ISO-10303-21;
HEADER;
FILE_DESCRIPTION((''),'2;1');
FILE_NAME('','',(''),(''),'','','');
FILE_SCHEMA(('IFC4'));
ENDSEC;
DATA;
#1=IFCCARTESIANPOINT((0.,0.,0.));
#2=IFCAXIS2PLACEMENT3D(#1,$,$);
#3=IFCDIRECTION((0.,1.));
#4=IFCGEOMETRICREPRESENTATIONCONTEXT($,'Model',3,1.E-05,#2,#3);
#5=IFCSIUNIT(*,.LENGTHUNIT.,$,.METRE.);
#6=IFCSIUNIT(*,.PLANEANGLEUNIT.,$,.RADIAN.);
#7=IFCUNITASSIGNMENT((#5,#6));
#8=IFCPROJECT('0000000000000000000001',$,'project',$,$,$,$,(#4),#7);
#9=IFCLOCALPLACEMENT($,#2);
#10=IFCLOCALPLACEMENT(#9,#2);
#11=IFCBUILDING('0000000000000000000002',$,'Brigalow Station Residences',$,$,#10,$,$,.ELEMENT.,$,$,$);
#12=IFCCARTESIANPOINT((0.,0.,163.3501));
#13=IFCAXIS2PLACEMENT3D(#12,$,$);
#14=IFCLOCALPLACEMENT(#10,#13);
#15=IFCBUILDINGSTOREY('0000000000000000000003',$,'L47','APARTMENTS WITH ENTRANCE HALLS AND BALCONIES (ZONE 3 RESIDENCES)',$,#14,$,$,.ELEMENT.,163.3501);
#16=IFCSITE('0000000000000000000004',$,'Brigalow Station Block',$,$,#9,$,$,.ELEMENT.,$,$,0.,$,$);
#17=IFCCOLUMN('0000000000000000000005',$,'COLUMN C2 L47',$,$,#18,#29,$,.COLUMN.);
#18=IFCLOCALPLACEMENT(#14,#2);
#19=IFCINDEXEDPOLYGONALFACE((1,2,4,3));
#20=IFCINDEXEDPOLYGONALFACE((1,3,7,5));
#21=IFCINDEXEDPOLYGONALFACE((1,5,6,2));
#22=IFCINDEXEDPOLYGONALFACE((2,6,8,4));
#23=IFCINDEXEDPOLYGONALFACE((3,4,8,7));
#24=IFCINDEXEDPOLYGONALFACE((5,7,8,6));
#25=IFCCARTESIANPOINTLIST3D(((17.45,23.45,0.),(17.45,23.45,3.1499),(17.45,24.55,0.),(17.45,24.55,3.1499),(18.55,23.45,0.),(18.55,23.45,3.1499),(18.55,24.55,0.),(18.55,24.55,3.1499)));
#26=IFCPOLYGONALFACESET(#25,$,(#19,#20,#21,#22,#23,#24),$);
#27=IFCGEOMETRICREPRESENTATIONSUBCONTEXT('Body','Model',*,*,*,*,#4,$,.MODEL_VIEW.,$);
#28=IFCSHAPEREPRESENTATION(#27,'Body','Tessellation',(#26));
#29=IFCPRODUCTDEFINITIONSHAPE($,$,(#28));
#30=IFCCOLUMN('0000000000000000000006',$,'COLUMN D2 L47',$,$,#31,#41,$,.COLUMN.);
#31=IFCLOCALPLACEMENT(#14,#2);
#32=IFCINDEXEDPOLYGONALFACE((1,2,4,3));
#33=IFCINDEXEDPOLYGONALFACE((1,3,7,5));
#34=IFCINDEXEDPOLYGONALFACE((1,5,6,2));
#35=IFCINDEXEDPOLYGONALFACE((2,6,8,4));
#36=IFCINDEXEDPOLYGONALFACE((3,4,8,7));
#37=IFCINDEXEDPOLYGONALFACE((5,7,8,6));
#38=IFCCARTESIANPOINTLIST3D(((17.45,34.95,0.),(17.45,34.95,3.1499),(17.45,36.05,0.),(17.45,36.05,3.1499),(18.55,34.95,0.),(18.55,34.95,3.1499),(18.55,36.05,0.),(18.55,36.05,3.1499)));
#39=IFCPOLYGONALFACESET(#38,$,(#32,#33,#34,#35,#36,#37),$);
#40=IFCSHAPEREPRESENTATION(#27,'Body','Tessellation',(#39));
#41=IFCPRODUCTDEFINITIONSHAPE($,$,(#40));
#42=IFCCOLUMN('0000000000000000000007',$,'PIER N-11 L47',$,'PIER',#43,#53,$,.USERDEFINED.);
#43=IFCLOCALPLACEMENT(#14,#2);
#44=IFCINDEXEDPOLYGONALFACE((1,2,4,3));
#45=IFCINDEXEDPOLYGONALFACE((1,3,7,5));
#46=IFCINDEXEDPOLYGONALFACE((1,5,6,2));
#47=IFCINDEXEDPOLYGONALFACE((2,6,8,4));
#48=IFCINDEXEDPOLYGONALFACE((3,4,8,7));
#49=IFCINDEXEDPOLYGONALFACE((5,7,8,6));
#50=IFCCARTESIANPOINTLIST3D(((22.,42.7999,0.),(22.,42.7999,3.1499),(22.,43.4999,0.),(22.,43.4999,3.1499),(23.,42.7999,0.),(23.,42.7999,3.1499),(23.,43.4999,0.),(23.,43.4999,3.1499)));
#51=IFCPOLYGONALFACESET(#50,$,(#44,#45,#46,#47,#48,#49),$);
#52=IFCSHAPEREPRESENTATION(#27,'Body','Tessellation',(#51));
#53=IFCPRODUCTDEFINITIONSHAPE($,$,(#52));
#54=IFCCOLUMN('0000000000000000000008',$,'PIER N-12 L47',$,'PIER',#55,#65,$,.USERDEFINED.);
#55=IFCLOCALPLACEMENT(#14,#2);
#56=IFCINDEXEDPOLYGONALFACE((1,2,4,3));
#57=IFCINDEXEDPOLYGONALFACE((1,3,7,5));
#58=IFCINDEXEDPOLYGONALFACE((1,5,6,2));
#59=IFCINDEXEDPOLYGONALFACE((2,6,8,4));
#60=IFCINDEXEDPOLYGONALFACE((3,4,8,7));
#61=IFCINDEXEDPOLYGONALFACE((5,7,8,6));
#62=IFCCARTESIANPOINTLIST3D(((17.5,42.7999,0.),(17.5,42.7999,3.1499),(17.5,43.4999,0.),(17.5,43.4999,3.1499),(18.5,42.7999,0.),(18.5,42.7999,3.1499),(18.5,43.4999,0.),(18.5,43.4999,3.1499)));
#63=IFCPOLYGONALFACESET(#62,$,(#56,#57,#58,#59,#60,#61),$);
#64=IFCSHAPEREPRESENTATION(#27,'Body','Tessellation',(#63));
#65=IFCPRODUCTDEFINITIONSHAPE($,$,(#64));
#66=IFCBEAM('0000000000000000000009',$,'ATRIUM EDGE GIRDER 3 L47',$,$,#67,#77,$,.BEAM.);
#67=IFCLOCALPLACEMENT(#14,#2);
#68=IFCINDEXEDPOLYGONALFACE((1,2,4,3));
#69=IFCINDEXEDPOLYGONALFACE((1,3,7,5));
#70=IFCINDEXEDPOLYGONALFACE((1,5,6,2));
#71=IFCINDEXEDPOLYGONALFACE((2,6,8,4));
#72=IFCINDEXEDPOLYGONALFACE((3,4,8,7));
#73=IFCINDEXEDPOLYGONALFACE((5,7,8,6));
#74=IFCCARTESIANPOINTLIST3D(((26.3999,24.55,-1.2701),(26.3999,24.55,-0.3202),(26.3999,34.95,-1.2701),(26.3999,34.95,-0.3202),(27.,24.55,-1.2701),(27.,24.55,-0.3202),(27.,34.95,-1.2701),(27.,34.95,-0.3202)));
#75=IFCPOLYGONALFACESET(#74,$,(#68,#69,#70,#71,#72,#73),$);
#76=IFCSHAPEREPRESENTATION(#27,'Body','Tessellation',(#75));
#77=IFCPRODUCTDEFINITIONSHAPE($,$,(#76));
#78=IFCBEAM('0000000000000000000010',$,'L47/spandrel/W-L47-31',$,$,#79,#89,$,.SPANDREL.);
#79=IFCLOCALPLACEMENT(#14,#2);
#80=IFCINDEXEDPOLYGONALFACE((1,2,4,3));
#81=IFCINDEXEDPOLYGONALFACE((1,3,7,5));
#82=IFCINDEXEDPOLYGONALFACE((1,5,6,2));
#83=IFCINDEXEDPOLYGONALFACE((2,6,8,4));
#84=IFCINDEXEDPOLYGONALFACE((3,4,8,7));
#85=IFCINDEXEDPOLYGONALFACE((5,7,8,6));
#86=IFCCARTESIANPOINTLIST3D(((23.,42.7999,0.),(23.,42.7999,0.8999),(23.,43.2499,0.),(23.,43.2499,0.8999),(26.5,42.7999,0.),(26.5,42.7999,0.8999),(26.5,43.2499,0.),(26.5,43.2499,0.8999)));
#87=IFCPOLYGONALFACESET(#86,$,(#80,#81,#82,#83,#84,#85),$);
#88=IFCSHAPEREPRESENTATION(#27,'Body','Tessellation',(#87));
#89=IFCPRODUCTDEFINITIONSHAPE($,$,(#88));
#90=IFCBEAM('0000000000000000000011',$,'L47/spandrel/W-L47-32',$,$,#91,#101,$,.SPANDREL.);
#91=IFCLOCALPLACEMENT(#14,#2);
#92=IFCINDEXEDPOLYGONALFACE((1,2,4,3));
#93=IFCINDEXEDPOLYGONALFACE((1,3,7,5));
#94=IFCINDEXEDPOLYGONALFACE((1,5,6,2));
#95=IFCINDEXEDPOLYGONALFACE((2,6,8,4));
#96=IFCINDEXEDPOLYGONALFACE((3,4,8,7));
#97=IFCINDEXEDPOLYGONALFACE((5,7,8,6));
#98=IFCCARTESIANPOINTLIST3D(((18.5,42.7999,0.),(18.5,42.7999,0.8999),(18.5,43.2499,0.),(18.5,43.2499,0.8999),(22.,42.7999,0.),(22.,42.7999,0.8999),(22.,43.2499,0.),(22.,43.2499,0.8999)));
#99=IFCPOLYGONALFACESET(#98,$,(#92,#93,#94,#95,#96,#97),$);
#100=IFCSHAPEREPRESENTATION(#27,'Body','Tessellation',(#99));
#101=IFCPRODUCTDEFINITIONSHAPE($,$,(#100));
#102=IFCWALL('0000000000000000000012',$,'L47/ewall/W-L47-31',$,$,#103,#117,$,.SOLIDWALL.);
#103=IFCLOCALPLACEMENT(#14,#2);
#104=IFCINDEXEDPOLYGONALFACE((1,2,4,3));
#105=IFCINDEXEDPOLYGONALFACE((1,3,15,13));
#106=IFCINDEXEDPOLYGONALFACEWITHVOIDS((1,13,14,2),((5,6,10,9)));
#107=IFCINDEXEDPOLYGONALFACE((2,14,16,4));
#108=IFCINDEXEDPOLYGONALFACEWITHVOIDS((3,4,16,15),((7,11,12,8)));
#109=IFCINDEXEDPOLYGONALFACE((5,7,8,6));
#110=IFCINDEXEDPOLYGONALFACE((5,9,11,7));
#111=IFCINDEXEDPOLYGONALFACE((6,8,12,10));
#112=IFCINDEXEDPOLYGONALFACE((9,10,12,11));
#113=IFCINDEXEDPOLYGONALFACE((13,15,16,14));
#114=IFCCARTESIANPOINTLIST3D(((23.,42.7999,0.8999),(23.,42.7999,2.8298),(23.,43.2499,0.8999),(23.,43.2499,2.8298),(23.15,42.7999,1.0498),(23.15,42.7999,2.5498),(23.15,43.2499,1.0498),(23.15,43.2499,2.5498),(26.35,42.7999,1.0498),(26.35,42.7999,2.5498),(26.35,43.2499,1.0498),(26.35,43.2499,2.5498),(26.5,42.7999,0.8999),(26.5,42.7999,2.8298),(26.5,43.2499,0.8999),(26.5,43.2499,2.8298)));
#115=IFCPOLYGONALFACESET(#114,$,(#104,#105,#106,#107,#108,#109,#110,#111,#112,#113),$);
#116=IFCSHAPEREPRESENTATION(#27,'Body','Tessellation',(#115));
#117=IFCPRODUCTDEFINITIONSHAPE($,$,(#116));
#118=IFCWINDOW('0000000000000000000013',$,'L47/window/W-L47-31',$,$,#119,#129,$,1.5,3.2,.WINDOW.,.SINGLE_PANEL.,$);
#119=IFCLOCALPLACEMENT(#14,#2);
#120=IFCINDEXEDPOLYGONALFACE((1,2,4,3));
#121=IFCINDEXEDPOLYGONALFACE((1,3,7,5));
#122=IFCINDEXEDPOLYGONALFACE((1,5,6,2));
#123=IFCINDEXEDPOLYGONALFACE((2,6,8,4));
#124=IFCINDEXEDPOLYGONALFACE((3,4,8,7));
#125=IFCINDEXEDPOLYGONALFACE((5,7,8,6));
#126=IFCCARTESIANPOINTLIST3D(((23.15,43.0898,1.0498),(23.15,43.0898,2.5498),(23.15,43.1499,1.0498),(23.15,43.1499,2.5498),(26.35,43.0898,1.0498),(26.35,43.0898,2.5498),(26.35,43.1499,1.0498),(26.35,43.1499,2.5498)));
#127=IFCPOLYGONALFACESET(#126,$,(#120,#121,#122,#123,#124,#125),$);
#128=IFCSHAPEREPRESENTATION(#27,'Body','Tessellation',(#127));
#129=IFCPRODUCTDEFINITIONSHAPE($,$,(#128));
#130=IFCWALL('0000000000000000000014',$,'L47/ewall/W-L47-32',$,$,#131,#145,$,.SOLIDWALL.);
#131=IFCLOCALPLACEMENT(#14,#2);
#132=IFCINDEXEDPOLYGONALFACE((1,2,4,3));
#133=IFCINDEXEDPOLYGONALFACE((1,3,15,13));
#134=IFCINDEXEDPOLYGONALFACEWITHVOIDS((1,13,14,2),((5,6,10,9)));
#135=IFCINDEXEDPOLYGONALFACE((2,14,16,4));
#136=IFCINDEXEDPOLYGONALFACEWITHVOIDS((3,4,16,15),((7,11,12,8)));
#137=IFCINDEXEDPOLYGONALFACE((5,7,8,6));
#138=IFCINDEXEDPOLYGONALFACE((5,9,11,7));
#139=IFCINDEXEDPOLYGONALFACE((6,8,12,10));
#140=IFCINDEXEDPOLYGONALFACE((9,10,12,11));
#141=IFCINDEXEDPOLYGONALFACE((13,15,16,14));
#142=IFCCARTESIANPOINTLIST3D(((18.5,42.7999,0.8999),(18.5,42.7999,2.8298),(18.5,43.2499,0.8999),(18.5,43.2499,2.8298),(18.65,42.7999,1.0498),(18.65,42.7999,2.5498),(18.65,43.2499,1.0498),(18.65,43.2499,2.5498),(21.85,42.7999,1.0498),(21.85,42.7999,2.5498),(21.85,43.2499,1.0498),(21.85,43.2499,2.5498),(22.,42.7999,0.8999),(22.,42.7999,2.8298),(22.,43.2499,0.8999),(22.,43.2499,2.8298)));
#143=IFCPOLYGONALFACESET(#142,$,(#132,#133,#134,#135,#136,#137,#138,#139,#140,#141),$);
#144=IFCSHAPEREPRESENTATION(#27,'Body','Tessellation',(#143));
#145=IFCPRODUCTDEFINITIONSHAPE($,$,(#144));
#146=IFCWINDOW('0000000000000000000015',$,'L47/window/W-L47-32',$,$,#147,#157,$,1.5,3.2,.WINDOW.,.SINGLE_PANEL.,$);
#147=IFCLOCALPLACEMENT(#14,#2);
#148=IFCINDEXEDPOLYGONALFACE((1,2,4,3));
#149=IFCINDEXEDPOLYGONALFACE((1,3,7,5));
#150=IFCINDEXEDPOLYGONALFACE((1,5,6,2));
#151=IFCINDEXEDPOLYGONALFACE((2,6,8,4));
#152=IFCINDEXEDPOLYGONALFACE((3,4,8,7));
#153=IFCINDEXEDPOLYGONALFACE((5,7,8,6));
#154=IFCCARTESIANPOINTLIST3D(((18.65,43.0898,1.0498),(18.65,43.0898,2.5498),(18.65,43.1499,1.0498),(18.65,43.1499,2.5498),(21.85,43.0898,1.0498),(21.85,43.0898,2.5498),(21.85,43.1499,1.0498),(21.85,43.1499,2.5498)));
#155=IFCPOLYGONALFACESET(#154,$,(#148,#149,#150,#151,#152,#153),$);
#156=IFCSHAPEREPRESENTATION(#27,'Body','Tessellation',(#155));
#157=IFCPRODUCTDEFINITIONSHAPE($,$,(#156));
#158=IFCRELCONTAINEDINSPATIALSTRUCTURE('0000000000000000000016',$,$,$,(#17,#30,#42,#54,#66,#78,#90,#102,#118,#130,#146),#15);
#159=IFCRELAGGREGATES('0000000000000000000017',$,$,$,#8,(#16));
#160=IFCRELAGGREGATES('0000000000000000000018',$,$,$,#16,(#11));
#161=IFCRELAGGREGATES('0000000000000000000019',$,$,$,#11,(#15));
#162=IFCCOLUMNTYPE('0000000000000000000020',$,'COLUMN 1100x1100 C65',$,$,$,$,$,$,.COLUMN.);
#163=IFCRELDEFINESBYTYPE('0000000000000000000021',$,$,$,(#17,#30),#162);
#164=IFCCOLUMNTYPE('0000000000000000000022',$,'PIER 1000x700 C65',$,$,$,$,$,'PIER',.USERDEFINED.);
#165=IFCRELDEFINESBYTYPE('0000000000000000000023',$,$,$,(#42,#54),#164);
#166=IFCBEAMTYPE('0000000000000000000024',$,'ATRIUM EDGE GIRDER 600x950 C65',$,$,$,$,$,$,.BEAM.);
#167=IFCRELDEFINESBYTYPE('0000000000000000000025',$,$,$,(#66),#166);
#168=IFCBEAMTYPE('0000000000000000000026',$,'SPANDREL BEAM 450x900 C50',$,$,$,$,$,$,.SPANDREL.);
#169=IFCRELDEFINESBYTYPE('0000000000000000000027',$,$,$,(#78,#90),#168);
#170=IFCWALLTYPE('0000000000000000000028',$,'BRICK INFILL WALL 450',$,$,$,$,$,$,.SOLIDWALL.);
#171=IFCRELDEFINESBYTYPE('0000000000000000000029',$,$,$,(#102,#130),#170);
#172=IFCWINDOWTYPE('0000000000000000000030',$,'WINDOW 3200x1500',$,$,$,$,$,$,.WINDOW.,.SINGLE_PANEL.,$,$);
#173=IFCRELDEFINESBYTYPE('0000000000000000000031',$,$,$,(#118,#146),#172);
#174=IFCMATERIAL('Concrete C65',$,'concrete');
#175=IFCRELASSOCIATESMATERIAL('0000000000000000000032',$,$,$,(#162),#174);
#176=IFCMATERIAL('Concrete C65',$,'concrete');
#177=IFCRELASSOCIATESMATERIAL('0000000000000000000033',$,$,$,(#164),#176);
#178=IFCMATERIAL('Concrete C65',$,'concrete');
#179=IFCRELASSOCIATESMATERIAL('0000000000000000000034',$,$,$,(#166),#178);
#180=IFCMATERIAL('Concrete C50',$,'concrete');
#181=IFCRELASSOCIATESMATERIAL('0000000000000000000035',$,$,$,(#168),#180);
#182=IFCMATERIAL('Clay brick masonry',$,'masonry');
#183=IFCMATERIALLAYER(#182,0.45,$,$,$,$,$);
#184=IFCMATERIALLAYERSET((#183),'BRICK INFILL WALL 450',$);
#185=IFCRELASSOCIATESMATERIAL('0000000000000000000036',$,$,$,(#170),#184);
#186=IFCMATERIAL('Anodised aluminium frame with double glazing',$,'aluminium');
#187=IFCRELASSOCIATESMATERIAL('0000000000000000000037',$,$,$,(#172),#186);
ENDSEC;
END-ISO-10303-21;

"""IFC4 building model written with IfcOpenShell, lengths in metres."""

from ifc_helpers import new_model, si_unit, direction, frame, frame_2d, origin, origin_2d, place, context, subcontext, project, spatial, rectangle, extrude, material, layer, layer_set, material_profile, profile_set, type_object, element, fill, save


model = new_model("IFC4")

# Units and contexts
model_context = context("Model", 3, precision=1e-05, world=origin(), true_north=direction((0.0, 1.0)))
body_context = subcontext(model_context, "Body", "Model", "MODEL_VIEW")
ifc_project = project(units=[si_unit("LENGTHUNIT", "METRE"), si_unit("PLANEANGLEUNIT", "RADIAN")], contexts=[model_context])

# Site, building, storey
site_placement = place(None, origin())
site = spatial("IfcSite", under=ifc_project, at=site_placement, Name="Brigalow Station Block", CompositionType="ELEMENT", RefElevation=0.0)
building_placement = place(site_placement, origin())
building = spatial("IfcBuilding", under=site, at=building_placement, Name="Brigalow Station Residences", CompositionType="ELEMENT")
storey_placement = place(building_placement, frame((0.0, 0.0, 163.3501)))
storey = spatial("IfcBuildingStorey", under=building, at=storey_placement, Name="L47", Description="APARTMENTS WITH ENTRANCE HALLS AND BALCONIES (ZONE 3 RESIDENCES)", CompositionType="ELEMENT", Elevation=163.3501)

# Columns
ifc_material_1 = material(Name="Concrete C65", Category="concrete")
ifc_material_profile_1 = material_profile(ifc_material_1, rectangle(XDim=1.1001, YDim=1.1001, at=origin_2d()), Name="RC1100x1100")
ifc_profile_set_1 = profile_set([ifc_material_profile_1], Name="Concrete C65")
column_type_1 = type_object("IfcColumnType", Name="COLUMN 1100x1100 C65", PredefinedType="COLUMN", material=ifc_profile_set_1)
for number, where, z_axis, x_axis, name in (
    (1, (18.0, 24.0, 0.0), (0.0, 0.0, 1.0), (1.0, 0.0, 0.0), "COLUMN C2 L47"),
    (2, (18.0, 35.5, 0.0), (0.0, 0.0, 1.0), (1.0, 0.0, 0.0), "COLUMN D2 L47"),
):
    element("IfcColumn", number, at=place(storey_placement, frame(where, z_axis=z_axis, x_axis=x_axis)), inside=storey, type_object=column_type_1, Name=name, PredefinedType="COLUMN", context=body_context, shape_type="SweptSolid", body=[
        extrude(rectangle(XDim=1.1001, YDim=1.1001, at=origin_2d()), origin(), (0.0, 0.0, 1.0), 3.1499),
    ])
ifc_material_2 = material(Name="Concrete C65", Category="concrete")
ifc_material_profile_2 = material_profile(ifc_material_2, rectangle(XDim=1.0, YDim=0.7, at=origin_2d()), Name="RC1000x700")
ifc_profile_set_2 = profile_set([ifc_material_profile_2], Name="Concrete C65")
column_type_2 = type_object("IfcColumnType", Name="PIER 1000x700 C65", ElementType="PIER", PredefinedType="USERDEFINED", material=ifc_profile_set_2)
for number, where, z_axis, x_axis, name in (
    (3, (22.5, 43.1499, 0.0), (0.0, 0.0, 1.0), (-1.0, 0.0, 0.0), "PIER N-11 L47"),
    (4, (18.0, 43.1499, 0.0), (0.0, 0.0, 1.0), (-1.0, 0.0, 0.0), "PIER N-12 L47"),
):
    element("IfcColumn", number, at=place(storey_placement, frame(where, z_axis=z_axis, x_axis=x_axis)), inside=storey, type_object=column_type_2, Name=name, ObjectType="PIER", PredefinedType="USERDEFINED", context=body_context, shape_type="SweptSolid", body=[
        extrude(rectangle(XDim=1.0, YDim=0.7, at=origin_2d()), origin(), (0.0, 0.0, 1.0), 3.1499),
    ])

# Beams
ifc_material_3 = material(Name="Concrete C65", Category="concrete")
ifc_material_profile_3 = material_profile(ifc_material_3, rectangle(XDim=0.6001, YDim=0.95, at=origin_2d()), Name="RC600x950")
ifc_profile_set_3 = profile_set([ifc_material_profile_3], Name="Concrete C65")
beam_type_1 = type_object("IfcBeamType", Name="ATRIUM EDGE GIRDER 600x950 C65", PredefinedType="BEAM", material=ifc_profile_set_3)
beam_placement = place(storey_placement, frame((26.7, 24.55, -0.7952), z_axis=(0.0, 1.0, 0.0), x_axis=(-1.0, 0.0, 0.0)))
element("IfcBeam", 5, at=beam_placement, inside=storey, type_object=beam_type_1, Name="ATRIUM EDGE GIRDER 3 L47", PredefinedType="BEAM", context=body_context, shape_type="SweptSolid", body=[
    extrude(rectangle(XDim=0.6001, YDim=0.95, at=origin_2d()), origin(), (0.0, 0.0, 1.0), 10.3999),
])
ifc_material_4 = material(Name="Concrete C50", Category="concrete")
ifc_material_profile_4 = material_profile(ifc_material_4, rectangle(XDim=0.45, YDim=0.8999, at=origin_2d()), Name="RC450x900")
ifc_profile_set_4 = profile_set([ifc_material_profile_4], Name="Concrete C50")
beam_type_2 = type_object("IfcBeamType", Name="SPANDREL BEAM 450x900 C50", PredefinedType="SPANDREL", material=ifc_profile_set_4)
for number, where, z_axis, x_axis, name in (
    (6, (26.5, 43.0249, 0.45), (-1.0, 0.0, 0.0), (0.0, -1.0, 0.0), "L47/spandrel/W-L47-31"),
    (7, (22.0, 43.0249, 0.45), (-1.0, 0.0, 0.0), (0.0, -1.0, 0.0), "L47/spandrel/W-L47-32"),
):
    element("IfcBeam", number, at=place(storey_placement, frame(where, z_axis=z_axis, x_axis=x_axis)), inside=storey, type_object=beam_type_2, Name=name, PredefinedType="SPANDREL", context=body_context, shape_type="SweptSolid", body=[
        extrude(rectangle(XDim=0.45, YDim=0.8999, at=origin_2d()), origin(), (0.0, 0.0, 1.0), 3.5),
    ])

# Walls, openings, windows
ifc_material_5 = material(Name="Clay brick masonry", Category="masonry")
ifc_layer_1 = layer(ifc_material_5, 0.45)
ifc_layer_set_1 = layer_set([ifc_layer_1], Name="BRICK INFILL WALL 450")
wall_type_1 = type_object("IfcWallType", Name="BRICK INFILL WALL 450", PredefinedType="SOLIDWALL", material=ifc_layer_set_1)
wall_1_placement = place(storey_placement, frame((26.5, 43.0249, 0.8999), z_axis=(0.0, 0.0, 1.0), x_axis=(-1.0, 0.0, 0.0)))
wall_1 = element("IfcWall", 8, at=wall_1_placement, inside=storey, type_object=wall_type_1, Name="L47/ewall/W-L47-31", PredefinedType="SOLIDWALL", context=body_context, shape_type="SweptSolid", body=[
    extrude(rectangle(XDim=3.5, YDim=0.45, at=frame_2d((1.75, 0.0))), origin(), (0.0, 0.0, 1.0), 1.9299),
])
opening_1_placement = place(wall_1_placement, frame((0.1499, 0.0, 0.1499)))
opening_1 = element("IfcOpeningElement", 9, at=opening_1_placement, cuts=wall_1, PredefinedType="OPENING", context=body_context, shape_type="SweptSolid", body=[
    extrude(rectangle(XDim=3.2, YDim=1.5, at=frame_2d((1.6001, 0.75))), frame((0.0, 0.2349, 0.0), z_axis=(0.0, -1.0, 0.0), x_axis=(1.0, 0.0, 0.0)), (0.0, 0.0, 1.0), 0.47),
])
ifc_material_6 = material(Name="Anodised aluminium frame with double glazing", Category="aluminium")
window_type = type_object("IfcWindowType", Name="WINDOW 3200x1500", PartitioningType="SINGLE_PANEL", PredefinedType="WINDOW", material=ifc_material_6)
window_1_placement = place(opening_1_placement, origin())
window_1 = element("IfcWindow", 10, at=window_1_placement, inside=storey, type_object=window_type, Name="L47/window/W-L47-31", OverallHeight=1.5, OverallWidth=3.2, PartitioningType="SINGLE_PANEL", PredefinedType="WINDOW", context=body_context, shape_type="SweptSolid", body=[
    extrude(rectangle(XDim=3.2, YDim=1.5, at=frame_2d((1.6001, 0.75))), frame((0.0, -0.0649, 0.0), z_axis=(0.0, -1.0, 0.0), x_axis=(1.0, 0.0, 0.0)), (0.0, 0.0, 1.0), 0.0601),
])
fill(opening_1, window_1)
wall_2_placement = place(storey_placement, frame((22.0, 43.0249, 0.8999), z_axis=(0.0, 0.0, 1.0), x_axis=(-1.0, 0.0, 0.0)))
wall_2 = element("IfcWall", 11, at=wall_2_placement, inside=storey, type_object=wall_type_1, Name="L47/ewall/W-L47-32", PredefinedType="SOLIDWALL", context=body_context, shape_type="SweptSolid", body=[
    extrude(rectangle(XDim=3.5, YDim=0.45, at=frame_2d((1.75, 0.0))), origin(), (0.0, 0.0, 1.0), 1.9299),
])
opening_2_placement = place(wall_2_placement, frame((0.1499, 0.0, 0.1499)))
opening_2 = element("IfcOpeningElement", 12, at=opening_2_placement, cuts=wall_2, PredefinedType="OPENING", context=body_context, shape_type="SweptSolid", body=[
    extrude(rectangle(XDim=3.2, YDim=1.5, at=frame_2d((1.6001, 0.75))), frame((0.0, 0.2349, 0.0), z_axis=(0.0, -1.0, 0.0), x_axis=(1.0, 0.0, 0.0)), (0.0, 0.0, 1.0), 0.47),
])
window_2_placement = place(opening_2_placement, origin())
window_2 = element("IfcWindow", 13, at=window_2_placement, inside=storey, type_object=window_type, Name="L47/window/W-L47-32", OverallHeight=1.5, OverallWidth=3.2, PartitioningType="SINGLE_PANEL", PredefinedType="WINDOW", context=body_context, shape_type="SweptSolid", body=[
    extrude(rectangle(XDim=3.2, YDim=1.5, at=frame_2d((1.6001, 0.75))), frame((0.0, -0.0649, 0.0), z_axis=(0.0, -1.0, 0.0), x_axis=(1.0, 0.0, 0.0)), (0.0, 0.0, 1.0), 0.0601),
])
fill(opening_2, window_2)

save(model, "model.ifc")
